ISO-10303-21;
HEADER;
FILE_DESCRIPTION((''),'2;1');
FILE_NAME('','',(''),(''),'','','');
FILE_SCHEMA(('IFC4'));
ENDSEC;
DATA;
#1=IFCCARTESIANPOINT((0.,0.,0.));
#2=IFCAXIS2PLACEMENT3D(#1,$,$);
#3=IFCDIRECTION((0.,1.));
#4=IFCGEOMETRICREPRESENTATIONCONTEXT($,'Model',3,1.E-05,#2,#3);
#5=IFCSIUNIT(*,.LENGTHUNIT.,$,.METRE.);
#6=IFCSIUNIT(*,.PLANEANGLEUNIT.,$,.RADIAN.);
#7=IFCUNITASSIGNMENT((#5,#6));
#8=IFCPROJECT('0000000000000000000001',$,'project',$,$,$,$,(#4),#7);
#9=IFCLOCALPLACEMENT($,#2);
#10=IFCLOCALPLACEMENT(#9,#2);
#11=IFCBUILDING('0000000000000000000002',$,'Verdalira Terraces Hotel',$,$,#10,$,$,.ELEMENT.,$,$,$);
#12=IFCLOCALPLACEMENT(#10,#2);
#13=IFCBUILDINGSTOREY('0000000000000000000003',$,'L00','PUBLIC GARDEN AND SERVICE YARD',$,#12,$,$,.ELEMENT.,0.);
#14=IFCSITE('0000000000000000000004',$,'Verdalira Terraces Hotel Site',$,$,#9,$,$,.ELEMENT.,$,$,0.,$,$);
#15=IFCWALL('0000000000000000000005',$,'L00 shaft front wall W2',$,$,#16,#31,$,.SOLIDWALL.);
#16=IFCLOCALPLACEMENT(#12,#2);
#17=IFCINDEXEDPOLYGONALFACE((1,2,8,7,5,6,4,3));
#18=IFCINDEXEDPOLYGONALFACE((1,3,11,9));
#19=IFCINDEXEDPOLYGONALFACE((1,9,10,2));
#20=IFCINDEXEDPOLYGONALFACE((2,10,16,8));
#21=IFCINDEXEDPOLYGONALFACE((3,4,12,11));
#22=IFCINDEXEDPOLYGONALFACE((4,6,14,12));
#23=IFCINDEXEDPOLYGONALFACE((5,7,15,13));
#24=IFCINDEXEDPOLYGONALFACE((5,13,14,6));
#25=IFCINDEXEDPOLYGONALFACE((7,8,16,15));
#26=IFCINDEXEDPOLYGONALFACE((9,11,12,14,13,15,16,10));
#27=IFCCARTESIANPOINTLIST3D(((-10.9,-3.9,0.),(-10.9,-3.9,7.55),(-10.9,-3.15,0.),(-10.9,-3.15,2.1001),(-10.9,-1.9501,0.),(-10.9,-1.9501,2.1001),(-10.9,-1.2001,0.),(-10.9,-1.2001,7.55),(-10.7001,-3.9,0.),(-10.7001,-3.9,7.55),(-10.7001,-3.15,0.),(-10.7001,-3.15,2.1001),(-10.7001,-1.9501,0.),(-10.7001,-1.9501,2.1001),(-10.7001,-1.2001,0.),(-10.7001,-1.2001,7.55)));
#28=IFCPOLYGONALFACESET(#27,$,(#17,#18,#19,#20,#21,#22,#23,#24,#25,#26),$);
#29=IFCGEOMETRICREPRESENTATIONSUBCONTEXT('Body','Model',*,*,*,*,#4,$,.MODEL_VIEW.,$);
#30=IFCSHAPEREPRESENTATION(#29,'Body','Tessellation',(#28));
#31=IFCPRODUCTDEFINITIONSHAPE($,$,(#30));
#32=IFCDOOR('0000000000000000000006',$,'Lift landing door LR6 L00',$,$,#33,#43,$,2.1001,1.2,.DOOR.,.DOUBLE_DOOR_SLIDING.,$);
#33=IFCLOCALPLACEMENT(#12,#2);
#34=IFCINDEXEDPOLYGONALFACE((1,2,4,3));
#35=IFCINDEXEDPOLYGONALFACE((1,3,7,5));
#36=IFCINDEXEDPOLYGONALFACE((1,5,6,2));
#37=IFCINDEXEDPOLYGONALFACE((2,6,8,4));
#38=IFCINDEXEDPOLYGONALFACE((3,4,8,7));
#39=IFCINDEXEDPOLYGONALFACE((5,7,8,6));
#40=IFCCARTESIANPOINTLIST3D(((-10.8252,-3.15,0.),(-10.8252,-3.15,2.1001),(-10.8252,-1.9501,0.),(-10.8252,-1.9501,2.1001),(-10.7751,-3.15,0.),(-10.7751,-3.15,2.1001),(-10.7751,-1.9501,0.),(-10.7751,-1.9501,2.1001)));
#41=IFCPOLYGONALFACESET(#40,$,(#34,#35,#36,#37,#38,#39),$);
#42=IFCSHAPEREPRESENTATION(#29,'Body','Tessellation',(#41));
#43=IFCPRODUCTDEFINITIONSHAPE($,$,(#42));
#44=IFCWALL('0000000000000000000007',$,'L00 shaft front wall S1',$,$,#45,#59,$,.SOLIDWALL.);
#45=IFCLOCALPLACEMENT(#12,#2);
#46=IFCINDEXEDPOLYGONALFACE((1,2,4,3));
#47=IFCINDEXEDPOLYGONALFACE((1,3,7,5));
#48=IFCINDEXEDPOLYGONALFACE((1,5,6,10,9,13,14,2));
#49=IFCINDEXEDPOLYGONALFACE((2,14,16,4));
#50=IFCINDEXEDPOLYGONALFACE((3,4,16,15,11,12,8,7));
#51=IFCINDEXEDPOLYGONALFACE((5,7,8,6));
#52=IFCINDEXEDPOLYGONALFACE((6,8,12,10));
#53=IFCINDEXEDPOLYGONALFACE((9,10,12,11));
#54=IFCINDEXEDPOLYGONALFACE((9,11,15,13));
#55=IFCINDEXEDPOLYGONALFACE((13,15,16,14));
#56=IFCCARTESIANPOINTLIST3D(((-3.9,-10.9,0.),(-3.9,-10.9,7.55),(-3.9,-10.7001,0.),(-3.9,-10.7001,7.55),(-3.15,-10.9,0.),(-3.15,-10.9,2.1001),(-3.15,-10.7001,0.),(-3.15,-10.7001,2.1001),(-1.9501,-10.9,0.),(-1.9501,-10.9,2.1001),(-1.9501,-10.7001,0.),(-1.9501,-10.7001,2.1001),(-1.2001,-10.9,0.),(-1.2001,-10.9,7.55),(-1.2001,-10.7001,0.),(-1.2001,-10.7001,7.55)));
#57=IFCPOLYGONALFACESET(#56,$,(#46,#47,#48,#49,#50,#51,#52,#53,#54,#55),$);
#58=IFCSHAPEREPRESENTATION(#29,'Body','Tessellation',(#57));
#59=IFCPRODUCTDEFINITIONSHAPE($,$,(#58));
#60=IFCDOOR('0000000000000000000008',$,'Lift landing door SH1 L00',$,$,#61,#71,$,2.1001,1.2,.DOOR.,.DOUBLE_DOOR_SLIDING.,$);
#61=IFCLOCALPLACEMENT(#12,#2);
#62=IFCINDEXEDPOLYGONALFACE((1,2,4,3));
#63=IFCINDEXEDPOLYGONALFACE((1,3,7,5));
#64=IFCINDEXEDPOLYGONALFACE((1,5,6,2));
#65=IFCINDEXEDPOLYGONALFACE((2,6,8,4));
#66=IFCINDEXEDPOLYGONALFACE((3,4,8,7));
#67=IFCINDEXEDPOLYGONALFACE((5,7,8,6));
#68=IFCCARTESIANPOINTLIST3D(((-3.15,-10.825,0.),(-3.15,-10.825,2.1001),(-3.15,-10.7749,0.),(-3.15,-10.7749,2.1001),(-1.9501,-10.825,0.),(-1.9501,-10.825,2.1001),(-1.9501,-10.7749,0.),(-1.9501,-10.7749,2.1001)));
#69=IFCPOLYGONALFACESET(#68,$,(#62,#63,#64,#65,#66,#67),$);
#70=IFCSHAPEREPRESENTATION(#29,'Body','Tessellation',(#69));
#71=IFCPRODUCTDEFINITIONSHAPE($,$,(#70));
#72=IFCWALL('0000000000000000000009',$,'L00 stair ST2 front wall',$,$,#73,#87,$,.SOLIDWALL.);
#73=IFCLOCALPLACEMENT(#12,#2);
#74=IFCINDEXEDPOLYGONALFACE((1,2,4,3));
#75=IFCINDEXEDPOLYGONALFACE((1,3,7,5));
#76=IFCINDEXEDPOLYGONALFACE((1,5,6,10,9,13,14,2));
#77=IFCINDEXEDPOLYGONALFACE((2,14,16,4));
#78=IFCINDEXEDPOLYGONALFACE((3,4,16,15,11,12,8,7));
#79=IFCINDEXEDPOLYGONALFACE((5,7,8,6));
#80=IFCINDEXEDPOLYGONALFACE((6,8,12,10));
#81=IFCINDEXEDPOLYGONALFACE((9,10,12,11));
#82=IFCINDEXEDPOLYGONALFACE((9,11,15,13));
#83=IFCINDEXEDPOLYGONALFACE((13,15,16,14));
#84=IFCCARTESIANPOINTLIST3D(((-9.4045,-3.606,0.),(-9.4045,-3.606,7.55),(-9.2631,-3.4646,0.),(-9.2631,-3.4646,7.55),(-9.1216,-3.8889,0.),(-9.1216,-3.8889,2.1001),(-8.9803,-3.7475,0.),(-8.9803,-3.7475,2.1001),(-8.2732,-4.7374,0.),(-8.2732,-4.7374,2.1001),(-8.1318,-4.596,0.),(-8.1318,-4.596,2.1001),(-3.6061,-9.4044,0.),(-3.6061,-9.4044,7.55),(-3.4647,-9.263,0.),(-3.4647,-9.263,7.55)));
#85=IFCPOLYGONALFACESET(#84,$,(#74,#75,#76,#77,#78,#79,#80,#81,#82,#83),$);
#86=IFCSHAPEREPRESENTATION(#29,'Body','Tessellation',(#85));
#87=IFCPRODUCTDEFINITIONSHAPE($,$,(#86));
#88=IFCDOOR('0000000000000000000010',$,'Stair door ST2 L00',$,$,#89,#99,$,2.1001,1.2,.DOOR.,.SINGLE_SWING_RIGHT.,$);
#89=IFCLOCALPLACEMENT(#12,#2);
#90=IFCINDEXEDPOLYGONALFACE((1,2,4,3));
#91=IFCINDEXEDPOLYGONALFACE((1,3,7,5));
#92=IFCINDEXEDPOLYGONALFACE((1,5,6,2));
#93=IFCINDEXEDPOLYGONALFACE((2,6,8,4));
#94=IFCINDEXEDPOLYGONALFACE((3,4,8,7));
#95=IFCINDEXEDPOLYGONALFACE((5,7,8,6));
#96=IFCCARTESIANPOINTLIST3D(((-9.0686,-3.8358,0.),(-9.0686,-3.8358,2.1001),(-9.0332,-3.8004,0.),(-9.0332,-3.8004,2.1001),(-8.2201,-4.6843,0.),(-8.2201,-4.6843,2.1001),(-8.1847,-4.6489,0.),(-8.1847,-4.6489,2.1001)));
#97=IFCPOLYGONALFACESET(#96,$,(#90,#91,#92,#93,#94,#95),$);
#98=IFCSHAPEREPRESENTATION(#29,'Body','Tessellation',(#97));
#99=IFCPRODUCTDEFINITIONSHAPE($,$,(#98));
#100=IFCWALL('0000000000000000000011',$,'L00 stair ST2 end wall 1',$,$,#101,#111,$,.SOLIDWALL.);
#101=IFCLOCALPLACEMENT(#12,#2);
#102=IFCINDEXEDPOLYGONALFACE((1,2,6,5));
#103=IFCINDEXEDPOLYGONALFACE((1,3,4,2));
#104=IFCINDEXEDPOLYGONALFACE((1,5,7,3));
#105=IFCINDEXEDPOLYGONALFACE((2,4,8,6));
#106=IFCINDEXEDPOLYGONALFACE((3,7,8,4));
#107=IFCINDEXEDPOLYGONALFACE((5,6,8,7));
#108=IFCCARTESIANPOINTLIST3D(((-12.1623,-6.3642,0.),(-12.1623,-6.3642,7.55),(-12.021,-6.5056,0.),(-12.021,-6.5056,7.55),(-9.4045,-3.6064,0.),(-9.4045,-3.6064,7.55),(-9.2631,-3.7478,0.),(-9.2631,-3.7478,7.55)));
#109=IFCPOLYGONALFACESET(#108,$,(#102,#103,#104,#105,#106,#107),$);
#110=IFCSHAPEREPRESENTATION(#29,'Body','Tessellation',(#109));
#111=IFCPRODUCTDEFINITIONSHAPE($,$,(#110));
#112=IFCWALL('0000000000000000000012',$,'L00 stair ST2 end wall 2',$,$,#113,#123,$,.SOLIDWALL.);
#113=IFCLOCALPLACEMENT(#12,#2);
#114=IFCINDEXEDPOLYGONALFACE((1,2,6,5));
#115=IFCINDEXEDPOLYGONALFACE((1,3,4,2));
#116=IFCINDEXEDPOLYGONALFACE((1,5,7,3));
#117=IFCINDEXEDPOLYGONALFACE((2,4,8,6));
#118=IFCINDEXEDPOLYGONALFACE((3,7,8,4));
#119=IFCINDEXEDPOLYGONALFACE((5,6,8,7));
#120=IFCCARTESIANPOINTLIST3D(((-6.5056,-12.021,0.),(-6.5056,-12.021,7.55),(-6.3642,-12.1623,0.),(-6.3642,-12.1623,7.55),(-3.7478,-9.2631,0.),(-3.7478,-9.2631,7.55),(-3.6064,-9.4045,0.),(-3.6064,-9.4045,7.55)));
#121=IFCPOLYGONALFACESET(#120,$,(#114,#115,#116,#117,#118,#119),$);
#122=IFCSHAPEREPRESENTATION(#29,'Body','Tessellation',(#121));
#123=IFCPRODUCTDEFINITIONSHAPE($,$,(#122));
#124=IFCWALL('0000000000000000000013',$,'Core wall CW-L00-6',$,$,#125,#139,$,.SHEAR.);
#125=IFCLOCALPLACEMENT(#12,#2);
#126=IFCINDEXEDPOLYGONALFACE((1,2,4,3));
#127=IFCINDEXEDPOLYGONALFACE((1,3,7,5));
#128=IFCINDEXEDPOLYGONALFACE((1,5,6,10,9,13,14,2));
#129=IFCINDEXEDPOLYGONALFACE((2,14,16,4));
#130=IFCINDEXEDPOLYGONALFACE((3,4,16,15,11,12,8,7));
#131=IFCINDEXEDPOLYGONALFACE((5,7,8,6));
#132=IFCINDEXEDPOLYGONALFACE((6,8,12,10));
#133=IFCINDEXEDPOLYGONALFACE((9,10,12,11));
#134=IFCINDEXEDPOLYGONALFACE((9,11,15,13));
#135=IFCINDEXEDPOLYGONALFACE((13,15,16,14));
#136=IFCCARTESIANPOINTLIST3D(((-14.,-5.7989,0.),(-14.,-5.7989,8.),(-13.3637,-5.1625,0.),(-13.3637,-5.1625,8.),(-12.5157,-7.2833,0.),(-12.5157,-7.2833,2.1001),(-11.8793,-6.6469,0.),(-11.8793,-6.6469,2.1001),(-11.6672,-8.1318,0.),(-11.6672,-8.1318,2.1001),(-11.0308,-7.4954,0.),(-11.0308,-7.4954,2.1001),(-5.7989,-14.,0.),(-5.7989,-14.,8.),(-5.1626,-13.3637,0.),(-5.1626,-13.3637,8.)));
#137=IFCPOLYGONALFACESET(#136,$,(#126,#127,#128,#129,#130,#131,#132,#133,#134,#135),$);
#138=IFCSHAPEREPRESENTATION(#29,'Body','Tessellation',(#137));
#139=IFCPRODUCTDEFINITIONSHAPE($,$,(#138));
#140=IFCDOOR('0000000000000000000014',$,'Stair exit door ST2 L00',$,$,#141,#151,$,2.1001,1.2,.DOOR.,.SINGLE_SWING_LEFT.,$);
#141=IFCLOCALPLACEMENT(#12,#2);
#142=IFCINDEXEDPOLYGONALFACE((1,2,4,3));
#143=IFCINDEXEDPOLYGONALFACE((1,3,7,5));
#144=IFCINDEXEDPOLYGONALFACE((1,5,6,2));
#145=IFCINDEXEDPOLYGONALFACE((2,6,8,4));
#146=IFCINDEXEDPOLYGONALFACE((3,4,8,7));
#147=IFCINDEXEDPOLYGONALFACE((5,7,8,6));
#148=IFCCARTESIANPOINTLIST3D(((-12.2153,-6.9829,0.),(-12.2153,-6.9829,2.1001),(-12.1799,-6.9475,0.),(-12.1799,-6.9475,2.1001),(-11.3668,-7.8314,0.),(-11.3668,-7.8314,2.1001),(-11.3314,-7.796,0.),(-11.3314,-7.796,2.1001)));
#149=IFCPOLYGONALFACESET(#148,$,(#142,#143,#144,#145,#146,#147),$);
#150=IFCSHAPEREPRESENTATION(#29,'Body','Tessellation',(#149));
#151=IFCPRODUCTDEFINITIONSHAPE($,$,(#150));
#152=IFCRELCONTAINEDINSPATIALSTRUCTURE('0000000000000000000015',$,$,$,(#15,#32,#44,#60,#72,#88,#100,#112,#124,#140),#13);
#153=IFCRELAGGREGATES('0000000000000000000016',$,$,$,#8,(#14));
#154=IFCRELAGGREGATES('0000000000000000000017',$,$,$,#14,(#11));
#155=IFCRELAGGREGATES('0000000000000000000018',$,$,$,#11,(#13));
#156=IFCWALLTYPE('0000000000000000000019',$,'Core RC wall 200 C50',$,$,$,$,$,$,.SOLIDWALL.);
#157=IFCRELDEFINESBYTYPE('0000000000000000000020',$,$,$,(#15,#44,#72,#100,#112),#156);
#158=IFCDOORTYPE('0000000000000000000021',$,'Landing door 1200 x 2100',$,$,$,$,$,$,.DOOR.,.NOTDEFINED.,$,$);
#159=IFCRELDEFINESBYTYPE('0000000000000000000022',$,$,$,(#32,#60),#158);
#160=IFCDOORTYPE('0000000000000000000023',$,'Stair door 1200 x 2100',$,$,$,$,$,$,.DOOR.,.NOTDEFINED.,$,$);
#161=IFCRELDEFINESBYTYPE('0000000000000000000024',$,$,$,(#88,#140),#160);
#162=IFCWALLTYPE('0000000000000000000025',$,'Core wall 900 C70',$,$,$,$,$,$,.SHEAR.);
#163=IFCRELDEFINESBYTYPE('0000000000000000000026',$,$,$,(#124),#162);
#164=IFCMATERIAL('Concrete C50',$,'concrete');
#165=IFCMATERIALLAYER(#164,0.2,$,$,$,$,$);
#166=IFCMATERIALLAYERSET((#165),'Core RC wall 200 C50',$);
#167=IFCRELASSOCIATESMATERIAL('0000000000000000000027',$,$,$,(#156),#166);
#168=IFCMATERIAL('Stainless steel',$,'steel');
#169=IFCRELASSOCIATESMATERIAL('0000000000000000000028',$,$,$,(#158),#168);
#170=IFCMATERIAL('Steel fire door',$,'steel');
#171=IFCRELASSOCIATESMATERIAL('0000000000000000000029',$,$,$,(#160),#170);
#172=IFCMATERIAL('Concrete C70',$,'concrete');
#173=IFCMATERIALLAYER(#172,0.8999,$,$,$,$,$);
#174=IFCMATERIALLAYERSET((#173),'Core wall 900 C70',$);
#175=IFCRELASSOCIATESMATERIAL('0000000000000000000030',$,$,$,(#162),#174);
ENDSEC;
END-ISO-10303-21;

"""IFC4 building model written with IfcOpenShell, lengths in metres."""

from ifc_helpers import new_model, si_unit, direction, frame, frame_2d, origin, place, context, subcontext, project, spatial, rectangle, extrude, material, layer, layer_set, type_object, element, fill, save


model = new_model("IFC4")

# Units and contexts
model_context = context("Model", 3, precision=1e-05, world=origin(), true_north=direction((0.0, 1.0)))
body_context = subcontext(model_context, "Body", "Model", "MODEL_VIEW")
ifc_project = project(units=[si_unit("LENGTHUNIT", "METRE"), si_unit("PLANEANGLEUNIT", "RADIAN")], contexts=[model_context])

# Site, building, storey
site_placement = place(None, origin())
site = spatial("IfcSite", under=ifc_project, at=site_placement, Name="Verdalira Terraces Hotel Site", CompositionType="ELEMENT", RefElevation=0.0)
building_placement = place(site_placement, origin())
building = spatial("IfcBuilding", under=site, at=building_placement, Name="Verdalira Terraces Hotel", CompositionType="ELEMENT")
storey_placement = place(building_placement, origin())
storey = spatial("IfcBuildingStorey", under=building, at=storey_placement, Name="L00", Description="PUBLIC GARDEN AND SERVICE YARD", CompositionType="ELEMENT", Elevation=0.0)

# Walls, openings, doors
ifc_material_1 = material(Name="Concrete C50", Category="concrete")
ifc_layer_1 = layer(ifc_material_1, 0.2)
ifc_layer_set_1 = layer_set([ifc_layer_1], Name="Core RC wall 200 C50")
wall_type_1 = type_object("IfcWallType", Name="Core RC wall 200 C50", PredefinedType="SOLIDWALL", material=ifc_layer_set_1)
wall_1_placement = place(storey_placement, frame((-10.8, -1.2, 0.0), z_axis=(0.0, 0.0, 1.0), x_axis=(0.0, -1.0, 0.0)))
wall_1 = element("IfcWall", 1, at=wall_1_placement, inside=storey, type_object=wall_type_1, Name="L00 shaft front wall W2", PredefinedType="SOLIDWALL", context=body_context, shape_type="SweptSolid", body=[
    extrude(rectangle(XDim=2.7, YDim=0.2, at=frame_2d((1.3501, 0.0))), origin(), (0.0, 0.0, 1.0), 7.55),
])
opening_1_placement = place(wall_1_placement, frame((0.75, 0.0, 0.0)))
opening_1 = element("IfcOpeningElement", 2, at=opening_1_placement, cuts=wall_1, PredefinedType="OPENING", context=body_context, shape_type="SweptSolid", body=[
    extrude(rectangle(XDim=1.2, YDim=2.1001, at=frame_2d((0.6001, 1.05))), frame((0.0, 0.1099, 0.0), z_axis=(0.0, -1.0, 0.0), x_axis=(1.0, 0.0, 0.0)), (0.0, 0.0, 1.0), 0.22),
])
ifc_material_2 = material(Name="Stainless steel", Category="steel")
door_type_1 = type_object("IfcDoorType", Name="Landing door 1200 x 2100", OperationType="NOTDEFINED", PredefinedType="DOOR", material=ifc_material_2)
door_1_placement = place(opening_1_placement, origin())
door_1 = element("IfcDoor", 3, at=door_1_placement, inside=storey, type_object=door_type_1, Name="Lift landing door LR6 L00", OperationType="DOUBLE_DOOR_SLIDING", OverallHeight=2.1001, OverallWidth=1.2, PredefinedType="DOOR", context=body_context, shape_type="SweptSolid", body=[
    extrude(rectangle(XDim=1.2, YDim=2.1001, at=frame_2d((0.6001, 1.05))), frame((0.0, 0.0249, 0.0), z_axis=(0.0, -1.0, 0.0), x_axis=(1.0, 0.0, 0.0)), (0.0, 0.0, 1.0), 0.05),
])
fill(opening_1, door_1)
wall_2_placement = place(storey_placement, frame((-1.2, -10.8, 0.0), z_axis=(0.0, 0.0, 1.0), x_axis=(-1.0, 0.0, 0.0)))
wall_2 = element("IfcWall", 4, at=wall_2_placement, inside=storey, type_object=wall_type_1, Name="L00 shaft front wall S1", PredefinedType="SOLIDWALL", context=body_context, shape_type="SweptSolid", body=[
    extrude(rectangle(XDim=2.7, YDim=0.2, at=frame_2d((1.3501, 0.0))), origin(), (0.0, 0.0, 1.0), 7.55),
])
opening_2_placement = place(wall_2_placement, frame((0.75, 0.0, 0.0)))
opening_2 = element("IfcOpeningElement", 5, at=opening_2_placement, cuts=wall_2, PredefinedType="OPENING", context=body_context, shape_type="SweptSolid", body=[
    extrude(rectangle(XDim=1.2, YDim=2.1001, at=frame_2d((0.6001, 1.05))), frame((0.0, 0.1099, 0.0), z_axis=(0.0, -1.0, 0.0), x_axis=(1.0, 0.0, 0.0)), (0.0, 0.0, 1.0), 0.22),
])
door_2_placement = place(opening_2_placement, origin())
door_2 = element("IfcDoor", 6, at=door_2_placement, inside=storey, type_object=door_type_1, Name="Lift landing door SH1 L00", OperationType="DOUBLE_DOOR_SLIDING", OverallHeight=2.1001, OverallWidth=1.2, PredefinedType="DOOR", context=body_context, shape_type="SweptSolid", body=[
    extrude(rectangle(XDim=1.2, YDim=2.1001, at=frame_2d((0.6001, 1.05))), frame((0.0, 0.0249, 0.0), z_axis=(0.0, -1.0, 0.0), x_axis=(1.0, 0.0, 0.0)), (0.0, 0.0, 1.0), 0.05),
])
fill(opening_2, door_2)
wall_3_placement = place(storey_placement, frame((-3.5354, -9.3337, 0.0), z_axis=(0.0, 0.0, 1.0), x_axis=(-0.707107, 0.707107, 0.0)))
wall_3 = element("IfcWall", 7, at=wall_3_placement, inside=storey, type_object=wall_type_1, Name="L00 stair ST2 front wall", PredefinedType="SOLIDWALL", context=body_context, shape_type="SweptSolid", body=[
    extrude(rectangle(XDim=8.2002, YDim=0.2, at=frame_2d((4.1001, 0.0))), origin(), (0.0, 0.0, 1.0), 7.55),
])
opening_3_placement = place(wall_3_placement, frame((6.6001, 0.0, 0.0)))
opening_3 = element("IfcOpeningElement", 8, at=opening_3_placement, cuts=wall_3, PredefinedType="OPENING", context=body_context, shape_type="SweptSolid", body=[
    extrude(rectangle(XDim=1.2, YDim=2.1001, at=frame_2d((0.6001, 1.05))), frame((0.0, 0.1099, 0.0), z_axis=(0.0, -1.0, 0.0), x_axis=(1.0, 0.0, 0.0)), (0.0, 0.0, 1.0), 0.22),
])
ifc_material_3 = material(Name="Steel fire door", Category="steel")
door_type_2 = type_object("IfcDoorType", Name="Stair door 1200 x 2100", OperationType="NOTDEFINED", PredefinedType="DOOR", material=ifc_material_3)
door_3_placement = place(opening_3_placement, origin())
door_3 = element("IfcDoor", 9, at=door_3_placement, inside=storey, type_object=door_type_2, Name="Stair door ST2 L00", OperationType="SINGLE_SWING_RIGHT", OverallHeight=2.1001, OverallWidth=1.2, PredefinedType="DOOR", context=body_context, shape_type="SweptSolid", body=[
    extrude(rectangle(XDim=1.2, YDim=2.1001, at=frame_2d((0.6001, 1.05))), frame((0.0, 0.0249, 0.0), z_axis=(0.0, -1.0, 0.0), x_axis=(1.0, 0.0, 0.0)), (0.0, 0.0, 1.0), 0.05),
])
fill(opening_3, door_3)

# Walls
for number, where, z_axis, x_axis, name in (
    (10, (-9.3337, -3.677, 0.0), (0.0, 0.0, 1.0), (-0.707107, -0.707107, 0.0), "L00 stair ST2 end wall 1"),
    (11, (-3.677, -9.3337, 0.0), (0.0, 0.0, 1.0), (-0.707107, -0.707107, 0.0), "L00 stair ST2 end wall 2"),
):
    element("IfcWall", number, at=place(storey_placement, frame(where, z_axis=z_axis, x_axis=x_axis)), inside=storey, type_object=wall_type_1, Name=name, PredefinedType="SOLIDWALL", context=body_context, shape_type="SweptSolid", body=[
        extrude(rectangle(XDim=3.9001, YDim=0.2, at=frame_2d((1.9502, 0.0))), origin(), (0.0, 0.0, 1.0), 7.55),
    ])

# Wall, opening, door
ifc_material_4 = material(Name="Concrete C70", Category="concrete")
ifc_layer_2 = layer(ifc_material_4, 0.8999)
ifc_layer_set_2 = layer_set([ifc_layer_2], Name="Core wall 900 C70")
wall_type_2 = type_object("IfcWallType", Name="Core wall 900 C70", PredefinedType="SHEAR", material=ifc_layer_set_2)
wall_4_placement = place(storey_placement, frame((-13.6819, -5.4807, 0.0), z_axis=(0.0, 0.0, 1.0), x_axis=(0.707107, -0.707107, 0.0)))
wall_4 = element("IfcWall", 12, at=wall_4_placement, inside=storey, type_object=wall_type_2, Name="Core wall CW-L00-6", PredefinedType="SHEAR", context=body_context, shape_type="SweptSolid", body=[
    extrude(rectangle(XDim=11.5981, YDim=0.8999, at=frame_2d((5.7991, 0.0))), origin(), (0.0, 0.0, 1.0), 8.0),
])
opening_4_placement = place(wall_4_placement, frame((2.0991, 0.0, 0.0)))
opening_4 = element("IfcOpeningElement", 13, at=opening_4_placement, cuts=wall_4, PredefinedType="OPENING", context=body_context, shape_type="SweptSolid", body=[
    extrude(rectangle(XDim=1.2, YDim=2.1001, at=frame_2d((0.6001, 1.05))), frame((0.0, 0.46, 0.0), z_axis=(0.0, -1.0, 0.0), x_axis=(1.0, 0.0, 0.0)), (0.0, 0.0, 1.0), 0.9199),
])
door_4_placement = place(opening_4_placement, origin())
door_4 = element("IfcDoor", 14, at=door_4_placement, inside=storey, type_object=door_type_2, Name="Stair exit door ST2 L00", OperationType="SINGLE_SWING_LEFT", OverallHeight=2.1001, OverallWidth=1.2, PredefinedType="DOOR", context=body_context, shape_type="SweptSolid", body=[
    extrude(rectangle(XDim=1.2, YDim=2.1001, at=frame_2d((0.6001, 1.05))), frame((0.0, 0.0249, 0.0), z_axis=(0.0, -1.0, 0.0), x_axis=(1.0, 0.0, 0.0)), (0.0, 0.0, 1.0), 0.05),
])
fill(opening_4, door_4)

save(model, "model.ifc")
